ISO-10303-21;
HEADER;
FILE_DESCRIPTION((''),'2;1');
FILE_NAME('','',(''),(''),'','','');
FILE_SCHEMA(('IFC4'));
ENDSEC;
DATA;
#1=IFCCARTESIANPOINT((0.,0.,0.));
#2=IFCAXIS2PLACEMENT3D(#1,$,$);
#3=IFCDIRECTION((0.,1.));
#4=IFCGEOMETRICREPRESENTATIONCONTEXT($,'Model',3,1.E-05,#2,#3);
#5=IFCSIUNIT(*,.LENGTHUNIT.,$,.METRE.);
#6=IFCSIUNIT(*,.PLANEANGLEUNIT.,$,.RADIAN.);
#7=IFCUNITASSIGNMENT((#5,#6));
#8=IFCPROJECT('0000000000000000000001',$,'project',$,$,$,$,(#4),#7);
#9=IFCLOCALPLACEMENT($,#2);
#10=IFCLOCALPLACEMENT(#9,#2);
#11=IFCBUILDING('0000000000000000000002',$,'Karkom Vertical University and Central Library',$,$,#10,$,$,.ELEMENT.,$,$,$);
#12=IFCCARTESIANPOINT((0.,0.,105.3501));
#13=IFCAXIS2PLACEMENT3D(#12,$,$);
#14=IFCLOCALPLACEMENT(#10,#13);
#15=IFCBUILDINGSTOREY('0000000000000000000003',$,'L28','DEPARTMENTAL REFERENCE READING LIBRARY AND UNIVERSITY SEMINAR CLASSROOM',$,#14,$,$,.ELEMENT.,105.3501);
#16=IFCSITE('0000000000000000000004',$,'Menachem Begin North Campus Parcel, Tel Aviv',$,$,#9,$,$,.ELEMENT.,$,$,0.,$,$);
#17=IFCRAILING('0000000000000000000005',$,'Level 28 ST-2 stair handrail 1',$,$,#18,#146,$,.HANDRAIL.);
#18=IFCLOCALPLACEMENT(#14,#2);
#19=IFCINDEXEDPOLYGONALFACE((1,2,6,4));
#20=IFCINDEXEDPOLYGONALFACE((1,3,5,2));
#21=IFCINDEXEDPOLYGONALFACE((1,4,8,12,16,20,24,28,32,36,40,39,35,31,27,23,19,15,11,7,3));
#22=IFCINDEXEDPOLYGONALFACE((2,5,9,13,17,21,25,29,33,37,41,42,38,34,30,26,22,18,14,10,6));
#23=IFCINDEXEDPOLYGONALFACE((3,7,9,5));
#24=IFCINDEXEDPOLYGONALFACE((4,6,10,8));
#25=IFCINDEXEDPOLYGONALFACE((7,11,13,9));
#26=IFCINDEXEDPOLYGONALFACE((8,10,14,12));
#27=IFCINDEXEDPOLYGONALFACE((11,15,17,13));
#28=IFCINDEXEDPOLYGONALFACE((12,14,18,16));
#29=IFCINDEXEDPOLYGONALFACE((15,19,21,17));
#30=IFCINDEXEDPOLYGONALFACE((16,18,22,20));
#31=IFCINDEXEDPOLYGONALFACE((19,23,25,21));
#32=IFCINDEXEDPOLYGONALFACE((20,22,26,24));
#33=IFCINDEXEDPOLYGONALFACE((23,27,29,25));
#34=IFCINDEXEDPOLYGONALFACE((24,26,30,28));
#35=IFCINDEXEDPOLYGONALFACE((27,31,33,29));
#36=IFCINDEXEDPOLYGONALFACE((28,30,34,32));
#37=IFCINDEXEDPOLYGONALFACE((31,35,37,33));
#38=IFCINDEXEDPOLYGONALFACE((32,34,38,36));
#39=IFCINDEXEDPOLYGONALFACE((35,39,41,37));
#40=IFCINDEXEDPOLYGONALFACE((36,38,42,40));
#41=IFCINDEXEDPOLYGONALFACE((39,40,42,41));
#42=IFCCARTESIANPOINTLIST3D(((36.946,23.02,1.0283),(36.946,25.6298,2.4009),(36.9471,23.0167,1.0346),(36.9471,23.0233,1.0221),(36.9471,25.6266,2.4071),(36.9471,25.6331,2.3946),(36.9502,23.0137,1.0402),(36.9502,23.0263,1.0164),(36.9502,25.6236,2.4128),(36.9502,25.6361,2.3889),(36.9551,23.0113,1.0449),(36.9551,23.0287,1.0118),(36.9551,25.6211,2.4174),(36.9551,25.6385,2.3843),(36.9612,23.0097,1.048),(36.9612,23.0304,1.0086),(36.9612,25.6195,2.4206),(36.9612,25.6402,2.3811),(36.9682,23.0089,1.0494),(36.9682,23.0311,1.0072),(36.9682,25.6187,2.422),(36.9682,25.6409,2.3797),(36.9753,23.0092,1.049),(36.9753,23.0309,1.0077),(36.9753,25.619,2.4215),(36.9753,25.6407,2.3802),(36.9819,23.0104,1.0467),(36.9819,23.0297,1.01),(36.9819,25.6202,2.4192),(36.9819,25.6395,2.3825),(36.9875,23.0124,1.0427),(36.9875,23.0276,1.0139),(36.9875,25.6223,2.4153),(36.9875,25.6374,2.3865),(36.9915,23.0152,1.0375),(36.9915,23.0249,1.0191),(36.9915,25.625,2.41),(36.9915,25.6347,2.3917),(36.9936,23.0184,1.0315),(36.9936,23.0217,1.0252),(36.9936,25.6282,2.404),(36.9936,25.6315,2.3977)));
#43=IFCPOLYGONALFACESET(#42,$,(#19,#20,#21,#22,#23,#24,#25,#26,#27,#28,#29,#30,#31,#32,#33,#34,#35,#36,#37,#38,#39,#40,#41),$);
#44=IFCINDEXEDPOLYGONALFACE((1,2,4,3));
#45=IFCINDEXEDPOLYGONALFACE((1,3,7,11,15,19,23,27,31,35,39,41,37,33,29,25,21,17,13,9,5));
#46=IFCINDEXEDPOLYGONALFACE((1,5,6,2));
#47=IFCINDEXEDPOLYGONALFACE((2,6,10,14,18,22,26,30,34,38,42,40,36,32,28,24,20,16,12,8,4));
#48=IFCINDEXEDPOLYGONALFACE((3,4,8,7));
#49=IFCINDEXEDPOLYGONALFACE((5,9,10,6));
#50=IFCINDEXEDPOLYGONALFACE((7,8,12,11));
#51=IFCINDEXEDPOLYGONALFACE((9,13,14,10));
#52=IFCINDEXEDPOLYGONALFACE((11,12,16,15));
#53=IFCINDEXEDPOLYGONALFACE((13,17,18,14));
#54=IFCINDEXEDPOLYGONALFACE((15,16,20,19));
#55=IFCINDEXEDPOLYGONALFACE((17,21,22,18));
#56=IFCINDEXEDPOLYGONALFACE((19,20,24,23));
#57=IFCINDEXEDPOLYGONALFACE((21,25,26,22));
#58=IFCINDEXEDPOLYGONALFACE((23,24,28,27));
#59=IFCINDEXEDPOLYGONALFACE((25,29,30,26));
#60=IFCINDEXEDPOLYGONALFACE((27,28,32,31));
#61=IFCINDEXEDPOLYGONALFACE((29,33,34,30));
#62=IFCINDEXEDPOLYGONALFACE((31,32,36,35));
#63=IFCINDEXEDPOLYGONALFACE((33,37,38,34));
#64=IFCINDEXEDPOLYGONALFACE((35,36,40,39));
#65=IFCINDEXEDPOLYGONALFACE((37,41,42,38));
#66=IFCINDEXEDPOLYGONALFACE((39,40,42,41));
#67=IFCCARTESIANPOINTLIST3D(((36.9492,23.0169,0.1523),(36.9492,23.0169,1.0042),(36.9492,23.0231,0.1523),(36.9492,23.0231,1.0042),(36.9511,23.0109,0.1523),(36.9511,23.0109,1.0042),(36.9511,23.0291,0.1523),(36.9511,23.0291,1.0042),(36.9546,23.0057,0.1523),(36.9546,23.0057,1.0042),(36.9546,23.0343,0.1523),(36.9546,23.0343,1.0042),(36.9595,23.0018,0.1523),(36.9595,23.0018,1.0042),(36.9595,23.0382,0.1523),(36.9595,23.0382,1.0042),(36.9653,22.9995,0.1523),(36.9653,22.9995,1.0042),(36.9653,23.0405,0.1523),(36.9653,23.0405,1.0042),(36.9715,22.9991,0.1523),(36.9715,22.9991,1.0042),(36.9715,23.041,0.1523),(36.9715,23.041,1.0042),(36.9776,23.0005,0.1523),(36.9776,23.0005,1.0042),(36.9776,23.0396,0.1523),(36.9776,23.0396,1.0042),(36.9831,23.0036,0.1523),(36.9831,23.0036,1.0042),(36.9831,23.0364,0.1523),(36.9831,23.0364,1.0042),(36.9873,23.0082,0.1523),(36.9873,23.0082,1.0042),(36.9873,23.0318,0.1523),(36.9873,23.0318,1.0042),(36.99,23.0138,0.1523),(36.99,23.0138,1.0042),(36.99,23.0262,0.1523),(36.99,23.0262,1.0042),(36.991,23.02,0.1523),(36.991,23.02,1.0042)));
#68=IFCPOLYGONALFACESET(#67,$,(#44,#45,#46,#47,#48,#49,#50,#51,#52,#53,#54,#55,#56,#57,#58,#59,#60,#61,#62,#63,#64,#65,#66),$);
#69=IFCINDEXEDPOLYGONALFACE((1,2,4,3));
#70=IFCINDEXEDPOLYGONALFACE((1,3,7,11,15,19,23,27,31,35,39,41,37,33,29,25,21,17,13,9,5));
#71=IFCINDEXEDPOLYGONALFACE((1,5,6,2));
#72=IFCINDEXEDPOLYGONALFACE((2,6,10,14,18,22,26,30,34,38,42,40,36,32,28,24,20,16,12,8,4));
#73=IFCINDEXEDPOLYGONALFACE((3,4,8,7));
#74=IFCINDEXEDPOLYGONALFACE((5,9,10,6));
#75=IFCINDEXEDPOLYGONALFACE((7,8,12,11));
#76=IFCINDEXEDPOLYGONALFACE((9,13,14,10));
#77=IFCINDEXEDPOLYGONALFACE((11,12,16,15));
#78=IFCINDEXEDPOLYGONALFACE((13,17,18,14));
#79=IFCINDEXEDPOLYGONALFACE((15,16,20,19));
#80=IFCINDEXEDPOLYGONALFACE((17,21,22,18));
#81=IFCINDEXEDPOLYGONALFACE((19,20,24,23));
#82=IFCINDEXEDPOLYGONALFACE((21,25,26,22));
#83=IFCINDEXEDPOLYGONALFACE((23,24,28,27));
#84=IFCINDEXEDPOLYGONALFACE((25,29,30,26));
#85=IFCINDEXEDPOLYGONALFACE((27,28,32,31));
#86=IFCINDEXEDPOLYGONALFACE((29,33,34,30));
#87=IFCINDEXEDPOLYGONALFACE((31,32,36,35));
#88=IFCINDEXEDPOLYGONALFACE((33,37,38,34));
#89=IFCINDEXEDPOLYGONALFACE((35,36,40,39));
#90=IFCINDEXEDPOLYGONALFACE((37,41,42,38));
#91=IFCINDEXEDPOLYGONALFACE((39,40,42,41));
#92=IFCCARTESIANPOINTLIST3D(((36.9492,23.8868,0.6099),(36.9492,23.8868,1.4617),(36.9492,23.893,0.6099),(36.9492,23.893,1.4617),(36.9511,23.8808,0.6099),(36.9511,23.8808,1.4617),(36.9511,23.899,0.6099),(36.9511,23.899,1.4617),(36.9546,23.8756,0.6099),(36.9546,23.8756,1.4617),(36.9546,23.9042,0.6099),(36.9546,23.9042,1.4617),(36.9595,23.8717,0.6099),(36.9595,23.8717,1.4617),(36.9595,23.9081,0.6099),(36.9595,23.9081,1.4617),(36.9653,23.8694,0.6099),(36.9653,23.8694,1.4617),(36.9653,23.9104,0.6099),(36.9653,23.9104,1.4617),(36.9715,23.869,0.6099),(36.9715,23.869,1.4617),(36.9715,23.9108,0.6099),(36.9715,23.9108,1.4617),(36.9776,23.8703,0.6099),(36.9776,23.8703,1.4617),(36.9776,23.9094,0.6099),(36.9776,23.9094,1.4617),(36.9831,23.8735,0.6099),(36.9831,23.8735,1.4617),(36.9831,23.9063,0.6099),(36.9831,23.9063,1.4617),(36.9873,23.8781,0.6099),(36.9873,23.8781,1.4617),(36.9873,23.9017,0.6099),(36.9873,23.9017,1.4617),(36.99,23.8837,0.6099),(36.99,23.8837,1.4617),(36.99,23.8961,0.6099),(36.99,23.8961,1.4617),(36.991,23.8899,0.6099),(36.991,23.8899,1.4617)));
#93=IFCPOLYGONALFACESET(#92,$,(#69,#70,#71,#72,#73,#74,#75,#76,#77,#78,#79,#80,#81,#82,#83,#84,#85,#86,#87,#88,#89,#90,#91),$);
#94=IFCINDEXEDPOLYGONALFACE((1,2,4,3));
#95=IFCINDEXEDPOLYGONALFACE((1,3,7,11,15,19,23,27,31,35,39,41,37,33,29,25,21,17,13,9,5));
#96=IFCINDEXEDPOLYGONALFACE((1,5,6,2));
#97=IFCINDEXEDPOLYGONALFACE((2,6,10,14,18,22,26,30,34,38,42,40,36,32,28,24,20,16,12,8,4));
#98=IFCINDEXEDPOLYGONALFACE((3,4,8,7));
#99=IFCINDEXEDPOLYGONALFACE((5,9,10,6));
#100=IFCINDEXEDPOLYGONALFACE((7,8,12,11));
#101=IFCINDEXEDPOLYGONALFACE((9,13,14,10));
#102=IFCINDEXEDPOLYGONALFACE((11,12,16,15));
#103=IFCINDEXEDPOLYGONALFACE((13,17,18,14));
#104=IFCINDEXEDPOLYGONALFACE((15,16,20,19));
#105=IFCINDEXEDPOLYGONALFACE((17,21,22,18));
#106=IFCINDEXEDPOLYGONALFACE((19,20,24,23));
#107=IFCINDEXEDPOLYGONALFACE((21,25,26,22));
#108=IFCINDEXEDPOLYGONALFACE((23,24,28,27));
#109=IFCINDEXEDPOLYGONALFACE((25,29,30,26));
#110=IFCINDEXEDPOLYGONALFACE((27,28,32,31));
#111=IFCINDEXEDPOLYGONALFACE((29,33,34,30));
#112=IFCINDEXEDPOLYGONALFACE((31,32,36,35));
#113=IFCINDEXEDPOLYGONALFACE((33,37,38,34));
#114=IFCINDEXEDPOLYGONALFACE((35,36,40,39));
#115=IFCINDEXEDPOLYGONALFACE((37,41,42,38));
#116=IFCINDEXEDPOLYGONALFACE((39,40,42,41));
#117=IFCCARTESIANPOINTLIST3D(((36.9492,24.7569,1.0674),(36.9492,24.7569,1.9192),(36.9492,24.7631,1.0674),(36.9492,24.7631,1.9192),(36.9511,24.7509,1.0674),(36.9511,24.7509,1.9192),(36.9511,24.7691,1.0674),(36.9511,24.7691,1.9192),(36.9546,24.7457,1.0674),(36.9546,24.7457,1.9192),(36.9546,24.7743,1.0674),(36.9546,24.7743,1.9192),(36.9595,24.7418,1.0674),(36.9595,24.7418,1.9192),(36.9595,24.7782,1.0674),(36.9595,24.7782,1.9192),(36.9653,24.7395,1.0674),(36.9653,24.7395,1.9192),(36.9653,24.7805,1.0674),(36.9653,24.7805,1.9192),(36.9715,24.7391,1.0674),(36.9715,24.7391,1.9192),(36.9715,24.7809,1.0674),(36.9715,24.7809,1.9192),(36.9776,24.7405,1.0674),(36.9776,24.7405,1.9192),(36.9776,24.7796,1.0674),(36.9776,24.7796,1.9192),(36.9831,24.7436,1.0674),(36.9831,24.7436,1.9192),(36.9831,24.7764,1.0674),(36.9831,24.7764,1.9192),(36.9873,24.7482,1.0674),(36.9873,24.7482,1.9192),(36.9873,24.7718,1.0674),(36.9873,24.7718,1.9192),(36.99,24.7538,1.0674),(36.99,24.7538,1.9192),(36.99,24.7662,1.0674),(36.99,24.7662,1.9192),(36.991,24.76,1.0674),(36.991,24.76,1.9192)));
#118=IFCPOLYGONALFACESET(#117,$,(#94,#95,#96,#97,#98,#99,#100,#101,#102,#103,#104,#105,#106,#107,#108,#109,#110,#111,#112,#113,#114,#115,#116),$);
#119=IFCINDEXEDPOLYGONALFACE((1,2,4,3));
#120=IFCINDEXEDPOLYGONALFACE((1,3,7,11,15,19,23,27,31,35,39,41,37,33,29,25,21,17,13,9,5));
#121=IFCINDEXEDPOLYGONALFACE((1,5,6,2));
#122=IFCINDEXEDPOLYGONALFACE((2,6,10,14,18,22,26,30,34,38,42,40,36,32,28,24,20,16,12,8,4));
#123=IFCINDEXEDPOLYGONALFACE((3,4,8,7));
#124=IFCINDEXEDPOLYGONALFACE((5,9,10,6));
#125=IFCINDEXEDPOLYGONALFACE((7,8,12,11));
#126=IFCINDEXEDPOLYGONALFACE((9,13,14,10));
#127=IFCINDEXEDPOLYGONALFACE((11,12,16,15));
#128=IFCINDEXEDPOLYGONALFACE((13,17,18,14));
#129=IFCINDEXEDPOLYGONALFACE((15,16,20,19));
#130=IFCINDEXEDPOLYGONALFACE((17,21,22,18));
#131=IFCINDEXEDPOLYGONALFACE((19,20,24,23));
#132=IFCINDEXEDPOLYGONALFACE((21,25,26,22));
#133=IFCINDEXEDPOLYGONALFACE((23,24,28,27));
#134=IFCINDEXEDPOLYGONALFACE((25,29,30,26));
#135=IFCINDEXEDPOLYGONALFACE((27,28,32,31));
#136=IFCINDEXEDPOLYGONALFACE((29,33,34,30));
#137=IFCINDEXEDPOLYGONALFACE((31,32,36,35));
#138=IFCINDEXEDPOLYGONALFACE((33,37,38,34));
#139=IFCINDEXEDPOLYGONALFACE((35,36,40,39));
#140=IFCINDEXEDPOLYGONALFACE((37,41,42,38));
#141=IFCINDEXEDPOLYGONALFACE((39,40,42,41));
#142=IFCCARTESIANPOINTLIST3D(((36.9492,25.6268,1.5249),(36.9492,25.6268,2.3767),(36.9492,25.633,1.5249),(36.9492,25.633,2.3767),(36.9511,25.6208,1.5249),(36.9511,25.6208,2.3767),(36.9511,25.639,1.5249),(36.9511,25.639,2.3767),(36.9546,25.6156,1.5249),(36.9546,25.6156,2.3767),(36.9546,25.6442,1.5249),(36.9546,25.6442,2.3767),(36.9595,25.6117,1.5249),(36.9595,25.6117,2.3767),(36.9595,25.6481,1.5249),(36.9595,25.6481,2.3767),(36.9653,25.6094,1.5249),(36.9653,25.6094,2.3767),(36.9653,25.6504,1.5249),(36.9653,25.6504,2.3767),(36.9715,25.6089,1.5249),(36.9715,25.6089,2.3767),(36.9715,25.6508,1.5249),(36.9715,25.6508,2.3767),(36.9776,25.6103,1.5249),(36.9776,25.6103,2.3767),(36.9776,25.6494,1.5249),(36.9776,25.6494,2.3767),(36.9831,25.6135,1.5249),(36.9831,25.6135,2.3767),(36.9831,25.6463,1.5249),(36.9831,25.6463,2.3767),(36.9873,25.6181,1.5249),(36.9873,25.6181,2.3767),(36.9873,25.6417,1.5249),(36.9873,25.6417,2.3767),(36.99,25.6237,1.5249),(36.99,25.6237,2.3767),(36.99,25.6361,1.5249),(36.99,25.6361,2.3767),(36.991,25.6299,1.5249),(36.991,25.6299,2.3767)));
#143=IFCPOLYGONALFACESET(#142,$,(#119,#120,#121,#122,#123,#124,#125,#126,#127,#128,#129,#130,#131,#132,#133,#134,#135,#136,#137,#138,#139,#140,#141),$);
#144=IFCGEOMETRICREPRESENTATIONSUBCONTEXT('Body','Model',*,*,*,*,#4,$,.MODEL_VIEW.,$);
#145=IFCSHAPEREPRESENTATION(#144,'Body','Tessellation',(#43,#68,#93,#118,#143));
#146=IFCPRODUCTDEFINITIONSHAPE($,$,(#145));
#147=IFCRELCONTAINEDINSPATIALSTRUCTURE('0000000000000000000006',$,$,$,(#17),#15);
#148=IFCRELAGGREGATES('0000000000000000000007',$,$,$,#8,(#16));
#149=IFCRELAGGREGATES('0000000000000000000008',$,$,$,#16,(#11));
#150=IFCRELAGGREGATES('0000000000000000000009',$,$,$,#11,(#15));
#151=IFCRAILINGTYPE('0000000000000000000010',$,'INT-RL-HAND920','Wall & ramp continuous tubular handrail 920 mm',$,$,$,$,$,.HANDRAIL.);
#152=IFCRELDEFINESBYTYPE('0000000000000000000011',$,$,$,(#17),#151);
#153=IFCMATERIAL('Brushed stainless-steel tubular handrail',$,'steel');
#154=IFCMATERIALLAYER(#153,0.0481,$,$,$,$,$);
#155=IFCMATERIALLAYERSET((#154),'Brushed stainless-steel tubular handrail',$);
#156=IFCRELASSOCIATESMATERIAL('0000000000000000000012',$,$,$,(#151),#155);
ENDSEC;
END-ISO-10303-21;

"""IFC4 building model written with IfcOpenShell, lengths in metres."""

from ifc_helpers import new_model, si_unit, direction, frame, origin, origin_2d, place, context, subcontext, project, spatial, circle, extrude, material, layer, layer_set, type_object, element, save


model = new_model("IFC4")

# Units and contexts
model_context = context("Model", 3, precision=1e-05, world=origin(), true_north=direction((0.0, 1.0)))
body_context = subcontext(model_context, "Body", "Model", "MODEL_VIEW")
ifc_project = project(units=[si_unit("LENGTHUNIT", "METRE"), si_unit("PLANEANGLEUNIT", "RADIAN")], contexts=[model_context])

# Site, building, storey
site_placement = place(None, origin())
site = spatial("IfcSite", under=ifc_project, at=site_placement, Name="Menachem Begin North Campus Parcel, Tel Aviv", CompositionType="ELEMENT", RefElevation=0.0)
building_placement = place(site_placement, origin())
building = spatial("IfcBuilding", under=site, at=building_placement, Name="Karkom Vertical University and Central Library", CompositionType="ELEMENT")
storey_placement = place(building_placement, frame((0.0, 0.0, 105.3501)))
storey = spatial("IfcBuildingStorey", under=building, at=storey_placement, Name="L28", Description="DEPARTMENTAL REFERENCE READING LIBRARY AND UNIVERSITY SEMINAR CLASSROOM", CompositionType="ELEMENT", Elevation=105.3501)

# Railing
ifc_material_1 = material(Name="Brushed stainless-steel tubular handrail", Category="steel")
ifc_layer_1 = layer(ifc_material_1, 0.0481)
ifc_layer_set_1 = layer_set([ifc_layer_1], Name="Brushed stainless-steel tubular handrail")
railing_type_1 = type_object("IfcRailingType", Name="INT-RL-HAND920", Description="Wall & ramp continuous tubular handrail 920 mm", PredefinedType="HANDRAIL", material=ifc_layer_set_1)
railing_1_placement = place(storey_placement, frame((36.97, 23.02, 0.1523)))
element("IfcRailing", 1, at=railing_1_placement, inside=storey, type_object=railing_type_1, Name="Level 28 ST-2 stair handrail 1", PredefinedType="HANDRAIL", context=body_context, shape_type="SweptSolid", body=[
    extrude(circle(Radius=0.0239, at=origin_2d()), frame((0.0, 0.0, 0.876), z_axis=(0.0, 0.885065, 0.465467), x_axis=(-1.0, 0.0, 0.0)), (0.0, 0.0, 1.0), 2.9487),
    extrude(circle(Radius=0.021, at=origin_2d()), origin(), (0.0, 0.0, 1.0), 0.8518),
    extrude(circle(Radius=0.021, at=origin_2d()), frame((0.0, 0.8699, 0.4575)), (0.0, 0.0, 1.0), 0.8518),
    extrude(circle(Radius=0.021, at=origin_2d()), frame((0.0, 1.74, 0.915)), (0.0, 0.0, 1.0), 0.8518),
    extrude(circle(Radius=0.021, at=origin_2d()), frame((0.0, 2.6099, 1.3726)), (0.0, 0.0, 1.0), 0.8518),
])

save(model, "model.ifc")
